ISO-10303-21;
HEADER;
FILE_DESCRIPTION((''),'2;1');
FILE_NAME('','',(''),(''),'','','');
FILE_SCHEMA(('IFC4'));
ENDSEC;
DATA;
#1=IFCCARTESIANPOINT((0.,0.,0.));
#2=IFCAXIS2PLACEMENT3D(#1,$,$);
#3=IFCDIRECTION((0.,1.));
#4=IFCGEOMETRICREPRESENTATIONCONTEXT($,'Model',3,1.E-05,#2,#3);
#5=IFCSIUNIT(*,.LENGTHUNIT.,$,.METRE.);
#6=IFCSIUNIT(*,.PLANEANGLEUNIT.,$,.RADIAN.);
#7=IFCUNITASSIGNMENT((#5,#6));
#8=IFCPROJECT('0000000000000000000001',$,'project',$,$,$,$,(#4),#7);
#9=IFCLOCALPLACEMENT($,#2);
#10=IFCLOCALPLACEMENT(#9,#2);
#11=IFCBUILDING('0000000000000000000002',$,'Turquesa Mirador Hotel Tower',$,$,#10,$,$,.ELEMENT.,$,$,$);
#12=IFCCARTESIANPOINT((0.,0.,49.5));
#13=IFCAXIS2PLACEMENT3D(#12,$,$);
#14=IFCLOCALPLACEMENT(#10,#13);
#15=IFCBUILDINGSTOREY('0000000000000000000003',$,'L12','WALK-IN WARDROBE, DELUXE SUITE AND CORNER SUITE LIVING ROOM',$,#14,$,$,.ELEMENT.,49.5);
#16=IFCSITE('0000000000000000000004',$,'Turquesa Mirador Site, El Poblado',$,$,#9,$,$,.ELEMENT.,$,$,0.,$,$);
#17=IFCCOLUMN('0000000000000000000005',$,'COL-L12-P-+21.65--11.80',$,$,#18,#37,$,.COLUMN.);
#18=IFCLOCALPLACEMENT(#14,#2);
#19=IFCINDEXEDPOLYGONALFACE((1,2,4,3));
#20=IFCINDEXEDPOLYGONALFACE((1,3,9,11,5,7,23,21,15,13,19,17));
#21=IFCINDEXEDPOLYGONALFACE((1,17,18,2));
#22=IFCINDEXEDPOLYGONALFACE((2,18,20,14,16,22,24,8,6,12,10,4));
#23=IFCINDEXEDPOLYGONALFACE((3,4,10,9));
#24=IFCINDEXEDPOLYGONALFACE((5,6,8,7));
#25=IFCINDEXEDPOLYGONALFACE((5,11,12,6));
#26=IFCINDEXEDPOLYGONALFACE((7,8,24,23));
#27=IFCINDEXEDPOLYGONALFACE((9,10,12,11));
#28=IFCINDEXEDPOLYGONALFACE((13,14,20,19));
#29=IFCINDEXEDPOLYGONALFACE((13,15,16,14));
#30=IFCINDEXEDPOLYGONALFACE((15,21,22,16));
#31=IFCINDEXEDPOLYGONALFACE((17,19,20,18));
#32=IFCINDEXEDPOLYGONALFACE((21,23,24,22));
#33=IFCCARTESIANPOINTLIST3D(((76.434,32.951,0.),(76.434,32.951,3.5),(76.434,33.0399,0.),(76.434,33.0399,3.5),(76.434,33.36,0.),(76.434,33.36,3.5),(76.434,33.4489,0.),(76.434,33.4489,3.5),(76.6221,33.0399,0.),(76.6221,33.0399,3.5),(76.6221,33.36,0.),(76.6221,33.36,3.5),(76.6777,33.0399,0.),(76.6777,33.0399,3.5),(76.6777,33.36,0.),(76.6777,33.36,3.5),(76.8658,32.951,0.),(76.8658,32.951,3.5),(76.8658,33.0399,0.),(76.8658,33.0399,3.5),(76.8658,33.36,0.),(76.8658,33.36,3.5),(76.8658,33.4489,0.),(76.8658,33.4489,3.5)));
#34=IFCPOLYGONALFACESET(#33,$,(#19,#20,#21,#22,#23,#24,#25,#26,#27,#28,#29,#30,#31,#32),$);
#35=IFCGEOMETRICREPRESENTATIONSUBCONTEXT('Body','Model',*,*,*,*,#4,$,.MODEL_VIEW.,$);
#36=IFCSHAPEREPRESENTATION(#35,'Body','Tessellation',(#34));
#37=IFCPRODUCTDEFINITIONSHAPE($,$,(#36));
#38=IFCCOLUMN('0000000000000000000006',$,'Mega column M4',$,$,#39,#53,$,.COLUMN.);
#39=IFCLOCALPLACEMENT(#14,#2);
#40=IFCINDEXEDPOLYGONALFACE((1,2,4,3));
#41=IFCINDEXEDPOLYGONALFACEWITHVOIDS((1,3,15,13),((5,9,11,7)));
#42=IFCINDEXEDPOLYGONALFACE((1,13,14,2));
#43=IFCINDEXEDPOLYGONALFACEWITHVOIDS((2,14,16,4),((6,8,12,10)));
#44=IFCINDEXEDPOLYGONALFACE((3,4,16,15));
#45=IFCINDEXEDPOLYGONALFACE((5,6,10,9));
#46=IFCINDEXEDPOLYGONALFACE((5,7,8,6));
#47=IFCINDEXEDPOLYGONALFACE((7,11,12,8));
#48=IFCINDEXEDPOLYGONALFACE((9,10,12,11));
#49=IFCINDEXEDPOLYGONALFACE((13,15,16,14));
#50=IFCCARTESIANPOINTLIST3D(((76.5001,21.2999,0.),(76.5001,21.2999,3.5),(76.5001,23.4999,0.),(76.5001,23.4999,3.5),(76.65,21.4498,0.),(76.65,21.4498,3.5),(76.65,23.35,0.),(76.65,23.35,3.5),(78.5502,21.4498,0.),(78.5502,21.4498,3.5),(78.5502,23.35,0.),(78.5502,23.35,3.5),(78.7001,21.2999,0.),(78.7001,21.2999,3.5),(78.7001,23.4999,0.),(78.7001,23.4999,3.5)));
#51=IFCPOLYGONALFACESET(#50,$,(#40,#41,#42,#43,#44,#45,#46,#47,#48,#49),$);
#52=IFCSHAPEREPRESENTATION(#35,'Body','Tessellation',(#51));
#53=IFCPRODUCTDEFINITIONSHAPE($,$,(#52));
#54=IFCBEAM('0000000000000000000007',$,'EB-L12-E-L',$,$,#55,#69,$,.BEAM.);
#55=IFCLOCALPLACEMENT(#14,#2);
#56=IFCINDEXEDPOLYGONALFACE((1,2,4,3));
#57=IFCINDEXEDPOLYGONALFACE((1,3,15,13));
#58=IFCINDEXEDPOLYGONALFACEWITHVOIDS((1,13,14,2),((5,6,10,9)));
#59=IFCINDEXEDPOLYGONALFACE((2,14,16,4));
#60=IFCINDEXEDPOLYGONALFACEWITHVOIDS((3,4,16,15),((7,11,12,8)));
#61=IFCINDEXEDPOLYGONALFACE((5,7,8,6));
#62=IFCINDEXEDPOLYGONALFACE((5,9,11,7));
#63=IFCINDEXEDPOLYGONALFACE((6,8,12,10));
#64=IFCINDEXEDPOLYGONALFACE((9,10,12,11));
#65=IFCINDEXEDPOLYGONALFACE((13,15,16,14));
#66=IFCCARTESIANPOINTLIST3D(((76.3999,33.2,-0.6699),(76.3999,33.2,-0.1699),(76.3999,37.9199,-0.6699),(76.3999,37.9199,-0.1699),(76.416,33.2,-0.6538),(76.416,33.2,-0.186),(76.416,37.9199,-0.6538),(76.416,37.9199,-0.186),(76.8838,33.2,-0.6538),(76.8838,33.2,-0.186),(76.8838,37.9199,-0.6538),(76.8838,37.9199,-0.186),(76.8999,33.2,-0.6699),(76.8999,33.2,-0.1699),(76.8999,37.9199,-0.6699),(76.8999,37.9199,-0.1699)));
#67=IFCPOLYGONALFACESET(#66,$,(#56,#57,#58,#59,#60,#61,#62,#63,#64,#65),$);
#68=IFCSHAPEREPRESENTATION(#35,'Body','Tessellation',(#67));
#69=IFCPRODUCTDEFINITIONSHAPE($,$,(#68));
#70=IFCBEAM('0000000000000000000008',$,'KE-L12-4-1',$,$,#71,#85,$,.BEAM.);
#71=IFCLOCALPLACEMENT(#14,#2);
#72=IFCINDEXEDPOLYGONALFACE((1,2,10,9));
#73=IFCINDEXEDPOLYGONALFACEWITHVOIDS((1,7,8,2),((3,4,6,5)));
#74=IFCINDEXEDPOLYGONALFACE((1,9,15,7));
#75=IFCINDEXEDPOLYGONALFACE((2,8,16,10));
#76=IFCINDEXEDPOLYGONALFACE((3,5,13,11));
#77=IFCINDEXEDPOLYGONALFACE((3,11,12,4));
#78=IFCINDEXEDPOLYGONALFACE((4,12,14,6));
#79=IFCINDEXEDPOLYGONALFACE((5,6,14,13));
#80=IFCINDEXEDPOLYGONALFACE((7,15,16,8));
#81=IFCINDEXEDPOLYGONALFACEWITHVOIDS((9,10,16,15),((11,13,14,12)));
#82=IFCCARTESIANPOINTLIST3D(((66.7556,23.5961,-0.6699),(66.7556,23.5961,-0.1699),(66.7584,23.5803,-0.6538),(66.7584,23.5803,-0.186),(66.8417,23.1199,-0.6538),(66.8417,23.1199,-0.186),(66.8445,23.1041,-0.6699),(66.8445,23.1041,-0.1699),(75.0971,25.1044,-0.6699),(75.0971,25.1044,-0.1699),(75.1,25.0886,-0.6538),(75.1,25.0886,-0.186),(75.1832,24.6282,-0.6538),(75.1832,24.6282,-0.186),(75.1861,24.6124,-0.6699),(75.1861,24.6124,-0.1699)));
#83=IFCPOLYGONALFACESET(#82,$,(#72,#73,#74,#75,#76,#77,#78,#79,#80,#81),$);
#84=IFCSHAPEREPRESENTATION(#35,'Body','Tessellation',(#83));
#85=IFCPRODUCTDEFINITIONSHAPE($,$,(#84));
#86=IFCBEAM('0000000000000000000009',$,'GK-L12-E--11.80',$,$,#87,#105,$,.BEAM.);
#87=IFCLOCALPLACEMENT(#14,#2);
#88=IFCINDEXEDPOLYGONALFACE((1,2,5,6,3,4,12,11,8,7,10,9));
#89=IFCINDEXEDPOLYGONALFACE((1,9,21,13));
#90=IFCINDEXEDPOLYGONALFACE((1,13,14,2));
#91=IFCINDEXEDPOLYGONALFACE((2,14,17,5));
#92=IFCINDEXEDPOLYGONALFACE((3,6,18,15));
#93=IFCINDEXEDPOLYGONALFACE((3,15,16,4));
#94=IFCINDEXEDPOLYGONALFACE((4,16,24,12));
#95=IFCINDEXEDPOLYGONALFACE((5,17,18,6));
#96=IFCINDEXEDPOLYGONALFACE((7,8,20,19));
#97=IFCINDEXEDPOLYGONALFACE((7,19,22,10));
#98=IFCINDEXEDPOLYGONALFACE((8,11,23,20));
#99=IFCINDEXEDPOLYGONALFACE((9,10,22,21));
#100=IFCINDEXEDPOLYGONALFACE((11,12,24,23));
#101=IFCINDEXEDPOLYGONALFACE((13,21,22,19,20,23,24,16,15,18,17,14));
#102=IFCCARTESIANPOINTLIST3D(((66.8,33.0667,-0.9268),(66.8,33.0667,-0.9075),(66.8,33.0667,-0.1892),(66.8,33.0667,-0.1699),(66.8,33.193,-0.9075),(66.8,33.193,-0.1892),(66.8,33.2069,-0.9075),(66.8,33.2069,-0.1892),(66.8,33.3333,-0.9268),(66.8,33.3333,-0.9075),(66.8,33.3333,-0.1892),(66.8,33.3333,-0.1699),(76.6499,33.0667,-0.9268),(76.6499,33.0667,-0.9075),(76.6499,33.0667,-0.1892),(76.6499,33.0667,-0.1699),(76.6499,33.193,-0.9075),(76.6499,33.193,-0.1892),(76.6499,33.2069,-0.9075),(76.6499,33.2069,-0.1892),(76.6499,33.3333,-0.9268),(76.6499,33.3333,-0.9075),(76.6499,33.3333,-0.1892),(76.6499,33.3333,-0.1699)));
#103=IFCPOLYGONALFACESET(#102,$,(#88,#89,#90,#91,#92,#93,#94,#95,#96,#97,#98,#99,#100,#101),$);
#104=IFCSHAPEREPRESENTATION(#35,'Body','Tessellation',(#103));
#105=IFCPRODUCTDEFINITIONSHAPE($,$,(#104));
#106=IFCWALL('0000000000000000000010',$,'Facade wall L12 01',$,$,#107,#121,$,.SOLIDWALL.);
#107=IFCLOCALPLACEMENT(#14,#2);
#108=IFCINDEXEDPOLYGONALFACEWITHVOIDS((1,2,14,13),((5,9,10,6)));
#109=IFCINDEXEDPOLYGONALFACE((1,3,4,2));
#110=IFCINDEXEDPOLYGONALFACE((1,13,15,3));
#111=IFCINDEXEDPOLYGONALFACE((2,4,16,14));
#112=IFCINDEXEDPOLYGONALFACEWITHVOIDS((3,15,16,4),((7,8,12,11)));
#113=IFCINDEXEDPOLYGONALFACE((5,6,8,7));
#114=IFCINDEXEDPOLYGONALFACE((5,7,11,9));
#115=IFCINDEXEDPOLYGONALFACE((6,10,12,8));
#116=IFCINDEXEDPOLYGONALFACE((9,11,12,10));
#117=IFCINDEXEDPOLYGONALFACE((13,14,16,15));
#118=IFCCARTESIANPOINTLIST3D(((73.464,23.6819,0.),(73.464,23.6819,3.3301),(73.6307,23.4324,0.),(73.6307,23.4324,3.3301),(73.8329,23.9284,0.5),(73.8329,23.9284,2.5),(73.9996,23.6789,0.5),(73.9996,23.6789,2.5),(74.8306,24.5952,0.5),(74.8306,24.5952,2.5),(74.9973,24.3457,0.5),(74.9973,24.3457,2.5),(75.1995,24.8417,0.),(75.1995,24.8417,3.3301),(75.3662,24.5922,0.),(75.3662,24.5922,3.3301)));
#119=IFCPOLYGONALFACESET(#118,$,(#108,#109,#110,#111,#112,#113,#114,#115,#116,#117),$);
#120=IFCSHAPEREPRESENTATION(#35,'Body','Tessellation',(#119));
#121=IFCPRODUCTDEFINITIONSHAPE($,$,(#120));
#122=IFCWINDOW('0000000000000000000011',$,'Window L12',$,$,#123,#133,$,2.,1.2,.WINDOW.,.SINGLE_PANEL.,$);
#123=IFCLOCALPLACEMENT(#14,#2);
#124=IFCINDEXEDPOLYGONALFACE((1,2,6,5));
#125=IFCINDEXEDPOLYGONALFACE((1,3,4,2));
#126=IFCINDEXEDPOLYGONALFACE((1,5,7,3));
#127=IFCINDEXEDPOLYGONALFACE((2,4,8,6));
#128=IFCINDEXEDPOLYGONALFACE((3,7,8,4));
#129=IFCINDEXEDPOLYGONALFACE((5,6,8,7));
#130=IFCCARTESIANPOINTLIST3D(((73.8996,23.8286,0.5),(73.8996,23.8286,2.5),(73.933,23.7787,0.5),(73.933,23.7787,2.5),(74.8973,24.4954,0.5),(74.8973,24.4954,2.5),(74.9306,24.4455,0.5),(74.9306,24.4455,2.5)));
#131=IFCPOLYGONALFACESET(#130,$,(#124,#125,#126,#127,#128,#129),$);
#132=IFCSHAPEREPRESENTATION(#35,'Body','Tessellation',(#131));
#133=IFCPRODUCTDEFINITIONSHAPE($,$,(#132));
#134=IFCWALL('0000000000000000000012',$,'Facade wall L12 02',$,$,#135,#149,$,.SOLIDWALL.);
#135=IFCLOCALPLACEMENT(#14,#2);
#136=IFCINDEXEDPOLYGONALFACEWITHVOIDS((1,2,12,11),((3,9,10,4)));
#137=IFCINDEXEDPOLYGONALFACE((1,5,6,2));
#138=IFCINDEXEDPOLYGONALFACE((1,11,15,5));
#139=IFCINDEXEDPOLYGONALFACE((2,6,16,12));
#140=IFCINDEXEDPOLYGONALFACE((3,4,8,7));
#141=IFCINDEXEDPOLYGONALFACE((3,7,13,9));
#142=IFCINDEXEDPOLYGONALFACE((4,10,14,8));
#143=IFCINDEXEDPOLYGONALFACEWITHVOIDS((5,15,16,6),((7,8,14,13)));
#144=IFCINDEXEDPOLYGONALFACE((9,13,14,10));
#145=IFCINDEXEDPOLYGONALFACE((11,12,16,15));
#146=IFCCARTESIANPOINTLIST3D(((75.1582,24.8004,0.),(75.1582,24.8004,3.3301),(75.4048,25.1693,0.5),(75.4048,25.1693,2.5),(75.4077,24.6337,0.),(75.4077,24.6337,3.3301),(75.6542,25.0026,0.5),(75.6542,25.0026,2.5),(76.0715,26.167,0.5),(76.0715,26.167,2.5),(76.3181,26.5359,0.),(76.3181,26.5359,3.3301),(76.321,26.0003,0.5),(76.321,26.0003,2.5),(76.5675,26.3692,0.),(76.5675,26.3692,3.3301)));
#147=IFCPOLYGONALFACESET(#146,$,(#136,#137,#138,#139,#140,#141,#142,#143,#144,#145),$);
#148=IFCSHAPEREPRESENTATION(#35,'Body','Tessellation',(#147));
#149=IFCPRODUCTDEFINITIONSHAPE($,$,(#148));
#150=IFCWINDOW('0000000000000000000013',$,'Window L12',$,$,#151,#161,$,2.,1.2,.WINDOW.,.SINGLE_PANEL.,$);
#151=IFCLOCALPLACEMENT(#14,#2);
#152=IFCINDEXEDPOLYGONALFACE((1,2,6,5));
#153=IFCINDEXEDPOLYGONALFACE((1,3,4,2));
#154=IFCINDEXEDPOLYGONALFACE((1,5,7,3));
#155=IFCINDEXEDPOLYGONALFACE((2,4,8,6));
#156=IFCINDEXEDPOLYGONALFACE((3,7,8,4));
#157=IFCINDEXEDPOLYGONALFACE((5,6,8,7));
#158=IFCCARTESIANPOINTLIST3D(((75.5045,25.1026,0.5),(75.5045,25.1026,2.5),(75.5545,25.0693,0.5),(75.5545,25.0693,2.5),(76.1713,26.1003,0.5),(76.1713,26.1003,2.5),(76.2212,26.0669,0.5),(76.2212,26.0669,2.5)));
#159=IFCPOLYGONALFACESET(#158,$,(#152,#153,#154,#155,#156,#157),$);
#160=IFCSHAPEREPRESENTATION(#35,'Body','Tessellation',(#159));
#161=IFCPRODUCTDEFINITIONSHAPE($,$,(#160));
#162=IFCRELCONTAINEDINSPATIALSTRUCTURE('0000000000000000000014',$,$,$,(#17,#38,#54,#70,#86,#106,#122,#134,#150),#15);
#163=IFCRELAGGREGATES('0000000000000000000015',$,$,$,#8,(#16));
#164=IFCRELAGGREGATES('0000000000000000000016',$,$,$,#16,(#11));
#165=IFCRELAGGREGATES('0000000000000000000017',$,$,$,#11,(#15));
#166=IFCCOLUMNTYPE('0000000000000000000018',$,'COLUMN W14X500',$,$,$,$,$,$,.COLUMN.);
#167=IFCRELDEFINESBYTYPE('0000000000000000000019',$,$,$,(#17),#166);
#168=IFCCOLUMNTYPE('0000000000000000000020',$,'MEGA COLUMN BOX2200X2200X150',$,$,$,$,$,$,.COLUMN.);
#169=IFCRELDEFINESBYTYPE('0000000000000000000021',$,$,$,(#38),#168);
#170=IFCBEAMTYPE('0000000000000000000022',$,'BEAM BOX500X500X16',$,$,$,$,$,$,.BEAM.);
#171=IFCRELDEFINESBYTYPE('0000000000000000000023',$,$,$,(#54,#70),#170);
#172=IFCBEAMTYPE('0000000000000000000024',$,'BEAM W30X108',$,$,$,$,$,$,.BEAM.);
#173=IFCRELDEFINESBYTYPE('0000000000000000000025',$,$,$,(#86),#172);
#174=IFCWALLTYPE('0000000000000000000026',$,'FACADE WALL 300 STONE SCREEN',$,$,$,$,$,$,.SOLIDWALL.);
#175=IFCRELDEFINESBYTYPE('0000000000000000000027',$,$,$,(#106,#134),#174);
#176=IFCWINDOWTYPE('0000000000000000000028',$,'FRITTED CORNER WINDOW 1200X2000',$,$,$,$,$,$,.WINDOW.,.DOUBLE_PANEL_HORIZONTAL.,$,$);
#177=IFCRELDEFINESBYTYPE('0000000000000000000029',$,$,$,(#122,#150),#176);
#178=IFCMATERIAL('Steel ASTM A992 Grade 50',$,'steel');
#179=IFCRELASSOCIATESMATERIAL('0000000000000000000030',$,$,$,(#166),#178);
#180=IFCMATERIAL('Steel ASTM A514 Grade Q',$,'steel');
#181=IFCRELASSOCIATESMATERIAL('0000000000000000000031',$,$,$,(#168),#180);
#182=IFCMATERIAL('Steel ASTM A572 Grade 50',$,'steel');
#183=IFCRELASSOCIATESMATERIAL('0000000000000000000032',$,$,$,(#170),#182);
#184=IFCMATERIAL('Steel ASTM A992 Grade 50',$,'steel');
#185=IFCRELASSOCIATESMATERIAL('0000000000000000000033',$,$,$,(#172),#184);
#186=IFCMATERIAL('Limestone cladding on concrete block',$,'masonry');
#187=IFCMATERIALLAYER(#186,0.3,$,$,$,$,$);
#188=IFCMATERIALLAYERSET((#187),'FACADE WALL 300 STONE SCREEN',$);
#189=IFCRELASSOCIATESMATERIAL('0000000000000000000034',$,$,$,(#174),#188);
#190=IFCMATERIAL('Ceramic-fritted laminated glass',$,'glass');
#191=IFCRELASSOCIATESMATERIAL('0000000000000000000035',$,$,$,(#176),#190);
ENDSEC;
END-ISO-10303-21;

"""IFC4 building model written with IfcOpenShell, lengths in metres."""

from ifc_helpers import new_model, si_unit, direction, frame, frame_2d, origin, origin_2d, place, context, subcontext, project, spatial, rectangle, hollow_rectangle, i_section, extrude, material, layer, layer_set, material_profile, profile_set, type_object, element, fill, save


model = new_model("IFC4")

# Units and contexts
model_context = context("Model", 3, precision=1e-05, world=origin(), true_north=direction((0.0, 1.0)))
body_context = subcontext(model_context, "Body", "Model", "MODEL_VIEW")
ifc_project = project(units=[si_unit("LENGTHUNIT", "METRE"), si_unit("PLANEANGLEUNIT", "RADIAN")], contexts=[model_context])

# Site, building, storey
site_placement = place(None, origin())
site = spatial("IfcSite", under=ifc_project, at=site_placement, Name="Turquesa Mirador Site, El Poblado", CompositionType="ELEMENT", RefElevation=0.0)
building_placement = place(site_placement, origin())
building = spatial("IfcBuilding", under=site, at=building_placement, Name="Turquesa Mirador Hotel Tower", CompositionType="ELEMENT")
storey_placement = place(building_placement, frame((0.0, 0.0, 49.5)))
storey = spatial("IfcBuildingStorey", under=building, at=storey_placement, Name="L12", Description="WALK-IN WARDROBE, DELUXE SUITE AND CORNER SUITE LIVING ROOM", CompositionType="ELEMENT", Elevation=49.5)

# Columns
ifc_material_1 = material(Name="Steel ASTM A992 Grade 50", Category="steel")
ifc_material_profile_1 = material_profile(ifc_material_1, i_section(OverallWidth=0.4319, OverallDepth=0.4978, WebThickness=0.0557, FlangeThickness=0.0889, at=origin_2d()), Name="W14X500")
ifc_profile_set_1 = profile_set([ifc_material_profile_1], Name="Steel ASTM A992 Grade 50")
column_type_1 = type_object("IfcColumnType", Name="COLUMN W14X500", PredefinedType="COLUMN", material=ifc_profile_set_1)
column_1_placement = place(storey_placement, frame((76.6499, 33.2, 0.0), z_axis=(0.0, 0.0, 1.0), x_axis=(1.0, 0.0, 0.0)))
element("IfcColumn", 1, at=column_1_placement, inside=storey, type_object=column_type_1, Name="COL-L12-P-+21.65--11.80", PredefinedType="COLUMN", context=body_context, shape_type="SweptSolid", body=[
    extrude(i_section(OverallWidth=0.4319, OverallDepth=0.4978, WebThickness=0.0557, FlangeThickness=0.0889, at=origin_2d()), origin(), (0.0, 0.0, 1.0), 3.5),
])
ifc_material_2 = material(Name="Steel ASTM A514 Grade Q", Category="steel")
ifc_material_profile_2 = material_profile(ifc_material_2, hollow_rectangle(XDim=2.2, YDim=2.2, WallThickness=0.1499, at=origin_2d()), Name="BOX2200X2200X150")
ifc_profile_set_2 = profile_set([ifc_material_profile_2], Name="Steel ASTM A514 Grade Q")
column_type_2 = type_object("IfcColumnType", Name="MEGA COLUMN BOX2200X2200X150", PredefinedType="COLUMN", material=ifc_profile_set_2)
column_2_placement = place(storey_placement, frame((77.6001, 22.3999, 0.0), z_axis=(0.0, 0.0, 1.0), x_axis=(1.0, 0.0, 0.0)))
element("IfcColumn", 2, at=column_2_placement, inside=storey, type_object=column_type_2, Name="Mega column M4", PredefinedType="COLUMN", context=body_context, shape_type="SweptSolid", body=[
    extrude(hollow_rectangle(XDim=2.2, YDim=2.2, WallThickness=0.1499, at=origin_2d()), origin(), (0.0, 0.0, 1.0), 3.5),
])

# Beams
ifc_material_3 = material(Name="Steel ASTM A572 Grade 50", Category="steel")
ifc_material_profile_3 = material_profile(ifc_material_3, hollow_rectangle(XDim=0.5, YDim=0.5, WallThickness=0.0161, at=origin_2d()), Name="BOX500X500X16")
ifc_profile_set_3 = profile_set([ifc_material_profile_3], Name="Steel ASTM A572 Grade 50")
beam_type_1 = type_object("IfcBeamType", Name="BEAM BOX500X500X16", PredefinedType="BEAM", material=ifc_profile_set_3)
beam_1_placement = place(storey_placement, frame((76.6499, 33.2, -0.4199), z_axis=(0.0, 1.0, 0.0), x_axis=(-1.0, 0.0, 0.0)))
element("IfcBeam", 3, at=beam_1_placement, inside=storey, type_object=beam_type_1, Name="EB-L12-E-L", PredefinedType="BEAM", context=body_context, shape_type="SweptSolid", body=[
    extrude(hollow_rectangle(XDim=0.5, YDim=0.5, WallThickness=0.0161, at=origin_2d()), origin(), (0.0, 0.0, 1.0), 4.72),
])
beam_2_placement = place(storey_placement, frame((75.1416, 24.8584, -0.4199), z_axis=(-0.984043, -0.177932, 0.0), x_axis=(0.177932, -0.984043, 0.0)))
element("IfcBeam", 4, at=beam_2_placement, inside=storey, type_object=beam_type_1, Name="KE-L12-4-1", PredefinedType="BEAM", context=body_context, shape_type="SweptSolid", body=[
    extrude(hollow_rectangle(XDim=0.5, YDim=0.5, WallThickness=0.0161, at=origin_2d()), origin(), (0.0, 0.0, 1.0), 8.4768),
])
ifc_material_4 = material(Name="Steel ASTM A992 Grade 50", Category="steel")
ifc_material_profile_4 = material_profile(ifc_material_4, i_section(OverallWidth=0.2666, OverallDepth=0.7568, WebThickness=0.0139, FlangeThickness=0.0193, at=origin_2d()), Name="W30X108")
ifc_profile_set_4 = profile_set([ifc_material_profile_4], Name="Steel ASTM A992 Grade 50")
beam_type_2 = type_object("IfcBeamType", Name="BEAM W30X108", PredefinedType="BEAM", material=ifc_profile_set_4)
beam_3_placement = place(storey_placement, frame((76.6499, 33.2, -0.5483), z_axis=(-1.0, 0.0, 0.0), x_axis=(0.0, -1.0, 0.0)))
element("IfcBeam", 5, at=beam_3_placement, inside=storey, type_object=beam_type_2, Name="GK-L12-E--11.80", PredefinedType="BEAM", context=body_context, shape_type="SweptSolid", body=[
    extrude(i_section(OverallWidth=0.2666, OverallDepth=0.7568, WebThickness=0.0139, FlangeThickness=0.0193, at=origin_2d()), origin(), (0.0, 0.0, 1.0), 9.8499),
])

# Walls, openings, windows
ifc_material_5 = material(Name="Limestone cladding on concrete block", Category="masonry")
ifc_layer = layer(ifc_material_5, 0.3)
ifc_layer_set = layer_set([ifc_layer], Name="FACADE WALL 300 STONE SCREEN")
wall_type = type_object("IfcWallType", Name="FACADE WALL 300 STONE SCREEN", PredefinedType="SOLIDWALL", material=ifc_layer_set)
wall_1_placement = place(storey_placement, frame((73.5474, 23.5571, 0.0), z_axis=(0.0, 0.0, 1.0), x_axis=(0.83142, 0.555644, 0.0)))
wall_1 = element("IfcWall", 6, at=wall_1_placement, inside=storey, type_object=wall_type, Name="Facade wall L12 01", PredefinedType="SOLIDWALL", context=body_context, shape_type="SweptSolid", body=[
    extrude(rectangle(XDim=2.0874, YDim=0.3, at=frame_2d((1.0437, 0.0))), origin(), (0.0, 0.0, 1.0), 3.3301),
])
opening_1_placement = place(wall_1_placement, frame((0.4436, 0.0, 0.5)))
opening_1 = element("IfcOpeningElement", 7, at=opening_1_placement, cuts=wall_1, PredefinedType="OPENING", context=body_context, shape_type="SweptSolid", body=[
    extrude(rectangle(XDim=1.2, YDim=2.0, at=frame_2d((0.6001, 1.0))), frame((0.0, 0.1599, 0.0), z_axis=(0.0, -1.0, 0.0), x_axis=(1.0, 0.0, 0.0)), (0.0, 0.0, 1.0), 0.3201),
])
ifc_material_6 = material(Name="Ceramic-fritted laminated glass", Category="glass")
window_type_1 = type_object("IfcWindowType", Name="FRITTED CORNER WINDOW 1200X2000", PartitioningType="DOUBLE_PANEL_HORIZONTAL", PredefinedType="WINDOW", material=ifc_material_6)
window_1_placement = place(opening_1_placement, origin())
window_1 = element("IfcWindow", 8, at=window_1_placement, inside=storey, type_object=window_type_1, Name="Window L12", OverallHeight=2.0, OverallWidth=1.2, PartitioningType="SINGLE_PANEL", PredefinedType="WINDOW", context=body_context, shape_type="SweptSolid", body=[
    extrude(rectangle(XDim=1.2, YDim=2.0, at=frame_2d((0.6001, 1.0))), frame((0.0, 0.03, 0.0), z_axis=(0.0, -1.0, 0.0), x_axis=(1.0, 0.0, 0.0)), (0.0, 0.0, 1.0), 0.0601),
])
fill(opening_1, window_1)
wall_2_placement = place(storey_placement, frame((75.283, 24.717, 0.0), z_axis=(0.0, 0.0, 1.0), x_axis=(0.555644, 0.83142, 0.0)))
wall_2 = element("IfcWall", 9, at=wall_2_placement, inside=storey, type_object=wall_type, Name="Facade wall L12 02", PredefinedType="SOLIDWALL", context=body_context, shape_type="SweptSolid", body=[
    extrude(rectangle(XDim=2.0874, YDim=0.3, at=frame_2d((1.0437, 0.0))), origin(), (0.0, 0.0, 1.0), 3.3301),
])
opening_2_placement = place(wall_2_placement, frame((0.4436, 0.0, 0.5)))
opening_2 = element("IfcOpeningElement", 10, at=opening_2_placement, cuts=wall_2, PredefinedType="OPENING", context=body_context, shape_type="SweptSolid", body=[
    extrude(rectangle(XDim=1.2, YDim=2.0, at=frame_2d((0.6001, 1.0))), frame((0.0, 0.1599, 0.0), z_axis=(0.0, -1.0, 0.0), x_axis=(1.0, 0.0, 0.0)), (0.0, 0.0, 1.0), 0.3201),
])
window_2_placement = place(opening_2_placement, origin())
window_2 = element("IfcWindow", 11, at=window_2_placement, inside=storey, type_object=window_type_1, Name="Window L12", OverallHeight=2.0, OverallWidth=1.2, PartitioningType="SINGLE_PANEL", PredefinedType="WINDOW", context=body_context, shape_type="SweptSolid", body=[
    extrude(rectangle(XDim=1.2, YDim=2.0, at=frame_2d((0.6001, 1.0))), frame((0.0, 0.03, 0.0), z_axis=(0.0, -1.0, 0.0), x_axis=(1.0, 0.0, 0.0)), (0.0, 0.0, 1.0), 0.0601),
])
fill(opening_2, window_2)

save(model, "model.ifc")
